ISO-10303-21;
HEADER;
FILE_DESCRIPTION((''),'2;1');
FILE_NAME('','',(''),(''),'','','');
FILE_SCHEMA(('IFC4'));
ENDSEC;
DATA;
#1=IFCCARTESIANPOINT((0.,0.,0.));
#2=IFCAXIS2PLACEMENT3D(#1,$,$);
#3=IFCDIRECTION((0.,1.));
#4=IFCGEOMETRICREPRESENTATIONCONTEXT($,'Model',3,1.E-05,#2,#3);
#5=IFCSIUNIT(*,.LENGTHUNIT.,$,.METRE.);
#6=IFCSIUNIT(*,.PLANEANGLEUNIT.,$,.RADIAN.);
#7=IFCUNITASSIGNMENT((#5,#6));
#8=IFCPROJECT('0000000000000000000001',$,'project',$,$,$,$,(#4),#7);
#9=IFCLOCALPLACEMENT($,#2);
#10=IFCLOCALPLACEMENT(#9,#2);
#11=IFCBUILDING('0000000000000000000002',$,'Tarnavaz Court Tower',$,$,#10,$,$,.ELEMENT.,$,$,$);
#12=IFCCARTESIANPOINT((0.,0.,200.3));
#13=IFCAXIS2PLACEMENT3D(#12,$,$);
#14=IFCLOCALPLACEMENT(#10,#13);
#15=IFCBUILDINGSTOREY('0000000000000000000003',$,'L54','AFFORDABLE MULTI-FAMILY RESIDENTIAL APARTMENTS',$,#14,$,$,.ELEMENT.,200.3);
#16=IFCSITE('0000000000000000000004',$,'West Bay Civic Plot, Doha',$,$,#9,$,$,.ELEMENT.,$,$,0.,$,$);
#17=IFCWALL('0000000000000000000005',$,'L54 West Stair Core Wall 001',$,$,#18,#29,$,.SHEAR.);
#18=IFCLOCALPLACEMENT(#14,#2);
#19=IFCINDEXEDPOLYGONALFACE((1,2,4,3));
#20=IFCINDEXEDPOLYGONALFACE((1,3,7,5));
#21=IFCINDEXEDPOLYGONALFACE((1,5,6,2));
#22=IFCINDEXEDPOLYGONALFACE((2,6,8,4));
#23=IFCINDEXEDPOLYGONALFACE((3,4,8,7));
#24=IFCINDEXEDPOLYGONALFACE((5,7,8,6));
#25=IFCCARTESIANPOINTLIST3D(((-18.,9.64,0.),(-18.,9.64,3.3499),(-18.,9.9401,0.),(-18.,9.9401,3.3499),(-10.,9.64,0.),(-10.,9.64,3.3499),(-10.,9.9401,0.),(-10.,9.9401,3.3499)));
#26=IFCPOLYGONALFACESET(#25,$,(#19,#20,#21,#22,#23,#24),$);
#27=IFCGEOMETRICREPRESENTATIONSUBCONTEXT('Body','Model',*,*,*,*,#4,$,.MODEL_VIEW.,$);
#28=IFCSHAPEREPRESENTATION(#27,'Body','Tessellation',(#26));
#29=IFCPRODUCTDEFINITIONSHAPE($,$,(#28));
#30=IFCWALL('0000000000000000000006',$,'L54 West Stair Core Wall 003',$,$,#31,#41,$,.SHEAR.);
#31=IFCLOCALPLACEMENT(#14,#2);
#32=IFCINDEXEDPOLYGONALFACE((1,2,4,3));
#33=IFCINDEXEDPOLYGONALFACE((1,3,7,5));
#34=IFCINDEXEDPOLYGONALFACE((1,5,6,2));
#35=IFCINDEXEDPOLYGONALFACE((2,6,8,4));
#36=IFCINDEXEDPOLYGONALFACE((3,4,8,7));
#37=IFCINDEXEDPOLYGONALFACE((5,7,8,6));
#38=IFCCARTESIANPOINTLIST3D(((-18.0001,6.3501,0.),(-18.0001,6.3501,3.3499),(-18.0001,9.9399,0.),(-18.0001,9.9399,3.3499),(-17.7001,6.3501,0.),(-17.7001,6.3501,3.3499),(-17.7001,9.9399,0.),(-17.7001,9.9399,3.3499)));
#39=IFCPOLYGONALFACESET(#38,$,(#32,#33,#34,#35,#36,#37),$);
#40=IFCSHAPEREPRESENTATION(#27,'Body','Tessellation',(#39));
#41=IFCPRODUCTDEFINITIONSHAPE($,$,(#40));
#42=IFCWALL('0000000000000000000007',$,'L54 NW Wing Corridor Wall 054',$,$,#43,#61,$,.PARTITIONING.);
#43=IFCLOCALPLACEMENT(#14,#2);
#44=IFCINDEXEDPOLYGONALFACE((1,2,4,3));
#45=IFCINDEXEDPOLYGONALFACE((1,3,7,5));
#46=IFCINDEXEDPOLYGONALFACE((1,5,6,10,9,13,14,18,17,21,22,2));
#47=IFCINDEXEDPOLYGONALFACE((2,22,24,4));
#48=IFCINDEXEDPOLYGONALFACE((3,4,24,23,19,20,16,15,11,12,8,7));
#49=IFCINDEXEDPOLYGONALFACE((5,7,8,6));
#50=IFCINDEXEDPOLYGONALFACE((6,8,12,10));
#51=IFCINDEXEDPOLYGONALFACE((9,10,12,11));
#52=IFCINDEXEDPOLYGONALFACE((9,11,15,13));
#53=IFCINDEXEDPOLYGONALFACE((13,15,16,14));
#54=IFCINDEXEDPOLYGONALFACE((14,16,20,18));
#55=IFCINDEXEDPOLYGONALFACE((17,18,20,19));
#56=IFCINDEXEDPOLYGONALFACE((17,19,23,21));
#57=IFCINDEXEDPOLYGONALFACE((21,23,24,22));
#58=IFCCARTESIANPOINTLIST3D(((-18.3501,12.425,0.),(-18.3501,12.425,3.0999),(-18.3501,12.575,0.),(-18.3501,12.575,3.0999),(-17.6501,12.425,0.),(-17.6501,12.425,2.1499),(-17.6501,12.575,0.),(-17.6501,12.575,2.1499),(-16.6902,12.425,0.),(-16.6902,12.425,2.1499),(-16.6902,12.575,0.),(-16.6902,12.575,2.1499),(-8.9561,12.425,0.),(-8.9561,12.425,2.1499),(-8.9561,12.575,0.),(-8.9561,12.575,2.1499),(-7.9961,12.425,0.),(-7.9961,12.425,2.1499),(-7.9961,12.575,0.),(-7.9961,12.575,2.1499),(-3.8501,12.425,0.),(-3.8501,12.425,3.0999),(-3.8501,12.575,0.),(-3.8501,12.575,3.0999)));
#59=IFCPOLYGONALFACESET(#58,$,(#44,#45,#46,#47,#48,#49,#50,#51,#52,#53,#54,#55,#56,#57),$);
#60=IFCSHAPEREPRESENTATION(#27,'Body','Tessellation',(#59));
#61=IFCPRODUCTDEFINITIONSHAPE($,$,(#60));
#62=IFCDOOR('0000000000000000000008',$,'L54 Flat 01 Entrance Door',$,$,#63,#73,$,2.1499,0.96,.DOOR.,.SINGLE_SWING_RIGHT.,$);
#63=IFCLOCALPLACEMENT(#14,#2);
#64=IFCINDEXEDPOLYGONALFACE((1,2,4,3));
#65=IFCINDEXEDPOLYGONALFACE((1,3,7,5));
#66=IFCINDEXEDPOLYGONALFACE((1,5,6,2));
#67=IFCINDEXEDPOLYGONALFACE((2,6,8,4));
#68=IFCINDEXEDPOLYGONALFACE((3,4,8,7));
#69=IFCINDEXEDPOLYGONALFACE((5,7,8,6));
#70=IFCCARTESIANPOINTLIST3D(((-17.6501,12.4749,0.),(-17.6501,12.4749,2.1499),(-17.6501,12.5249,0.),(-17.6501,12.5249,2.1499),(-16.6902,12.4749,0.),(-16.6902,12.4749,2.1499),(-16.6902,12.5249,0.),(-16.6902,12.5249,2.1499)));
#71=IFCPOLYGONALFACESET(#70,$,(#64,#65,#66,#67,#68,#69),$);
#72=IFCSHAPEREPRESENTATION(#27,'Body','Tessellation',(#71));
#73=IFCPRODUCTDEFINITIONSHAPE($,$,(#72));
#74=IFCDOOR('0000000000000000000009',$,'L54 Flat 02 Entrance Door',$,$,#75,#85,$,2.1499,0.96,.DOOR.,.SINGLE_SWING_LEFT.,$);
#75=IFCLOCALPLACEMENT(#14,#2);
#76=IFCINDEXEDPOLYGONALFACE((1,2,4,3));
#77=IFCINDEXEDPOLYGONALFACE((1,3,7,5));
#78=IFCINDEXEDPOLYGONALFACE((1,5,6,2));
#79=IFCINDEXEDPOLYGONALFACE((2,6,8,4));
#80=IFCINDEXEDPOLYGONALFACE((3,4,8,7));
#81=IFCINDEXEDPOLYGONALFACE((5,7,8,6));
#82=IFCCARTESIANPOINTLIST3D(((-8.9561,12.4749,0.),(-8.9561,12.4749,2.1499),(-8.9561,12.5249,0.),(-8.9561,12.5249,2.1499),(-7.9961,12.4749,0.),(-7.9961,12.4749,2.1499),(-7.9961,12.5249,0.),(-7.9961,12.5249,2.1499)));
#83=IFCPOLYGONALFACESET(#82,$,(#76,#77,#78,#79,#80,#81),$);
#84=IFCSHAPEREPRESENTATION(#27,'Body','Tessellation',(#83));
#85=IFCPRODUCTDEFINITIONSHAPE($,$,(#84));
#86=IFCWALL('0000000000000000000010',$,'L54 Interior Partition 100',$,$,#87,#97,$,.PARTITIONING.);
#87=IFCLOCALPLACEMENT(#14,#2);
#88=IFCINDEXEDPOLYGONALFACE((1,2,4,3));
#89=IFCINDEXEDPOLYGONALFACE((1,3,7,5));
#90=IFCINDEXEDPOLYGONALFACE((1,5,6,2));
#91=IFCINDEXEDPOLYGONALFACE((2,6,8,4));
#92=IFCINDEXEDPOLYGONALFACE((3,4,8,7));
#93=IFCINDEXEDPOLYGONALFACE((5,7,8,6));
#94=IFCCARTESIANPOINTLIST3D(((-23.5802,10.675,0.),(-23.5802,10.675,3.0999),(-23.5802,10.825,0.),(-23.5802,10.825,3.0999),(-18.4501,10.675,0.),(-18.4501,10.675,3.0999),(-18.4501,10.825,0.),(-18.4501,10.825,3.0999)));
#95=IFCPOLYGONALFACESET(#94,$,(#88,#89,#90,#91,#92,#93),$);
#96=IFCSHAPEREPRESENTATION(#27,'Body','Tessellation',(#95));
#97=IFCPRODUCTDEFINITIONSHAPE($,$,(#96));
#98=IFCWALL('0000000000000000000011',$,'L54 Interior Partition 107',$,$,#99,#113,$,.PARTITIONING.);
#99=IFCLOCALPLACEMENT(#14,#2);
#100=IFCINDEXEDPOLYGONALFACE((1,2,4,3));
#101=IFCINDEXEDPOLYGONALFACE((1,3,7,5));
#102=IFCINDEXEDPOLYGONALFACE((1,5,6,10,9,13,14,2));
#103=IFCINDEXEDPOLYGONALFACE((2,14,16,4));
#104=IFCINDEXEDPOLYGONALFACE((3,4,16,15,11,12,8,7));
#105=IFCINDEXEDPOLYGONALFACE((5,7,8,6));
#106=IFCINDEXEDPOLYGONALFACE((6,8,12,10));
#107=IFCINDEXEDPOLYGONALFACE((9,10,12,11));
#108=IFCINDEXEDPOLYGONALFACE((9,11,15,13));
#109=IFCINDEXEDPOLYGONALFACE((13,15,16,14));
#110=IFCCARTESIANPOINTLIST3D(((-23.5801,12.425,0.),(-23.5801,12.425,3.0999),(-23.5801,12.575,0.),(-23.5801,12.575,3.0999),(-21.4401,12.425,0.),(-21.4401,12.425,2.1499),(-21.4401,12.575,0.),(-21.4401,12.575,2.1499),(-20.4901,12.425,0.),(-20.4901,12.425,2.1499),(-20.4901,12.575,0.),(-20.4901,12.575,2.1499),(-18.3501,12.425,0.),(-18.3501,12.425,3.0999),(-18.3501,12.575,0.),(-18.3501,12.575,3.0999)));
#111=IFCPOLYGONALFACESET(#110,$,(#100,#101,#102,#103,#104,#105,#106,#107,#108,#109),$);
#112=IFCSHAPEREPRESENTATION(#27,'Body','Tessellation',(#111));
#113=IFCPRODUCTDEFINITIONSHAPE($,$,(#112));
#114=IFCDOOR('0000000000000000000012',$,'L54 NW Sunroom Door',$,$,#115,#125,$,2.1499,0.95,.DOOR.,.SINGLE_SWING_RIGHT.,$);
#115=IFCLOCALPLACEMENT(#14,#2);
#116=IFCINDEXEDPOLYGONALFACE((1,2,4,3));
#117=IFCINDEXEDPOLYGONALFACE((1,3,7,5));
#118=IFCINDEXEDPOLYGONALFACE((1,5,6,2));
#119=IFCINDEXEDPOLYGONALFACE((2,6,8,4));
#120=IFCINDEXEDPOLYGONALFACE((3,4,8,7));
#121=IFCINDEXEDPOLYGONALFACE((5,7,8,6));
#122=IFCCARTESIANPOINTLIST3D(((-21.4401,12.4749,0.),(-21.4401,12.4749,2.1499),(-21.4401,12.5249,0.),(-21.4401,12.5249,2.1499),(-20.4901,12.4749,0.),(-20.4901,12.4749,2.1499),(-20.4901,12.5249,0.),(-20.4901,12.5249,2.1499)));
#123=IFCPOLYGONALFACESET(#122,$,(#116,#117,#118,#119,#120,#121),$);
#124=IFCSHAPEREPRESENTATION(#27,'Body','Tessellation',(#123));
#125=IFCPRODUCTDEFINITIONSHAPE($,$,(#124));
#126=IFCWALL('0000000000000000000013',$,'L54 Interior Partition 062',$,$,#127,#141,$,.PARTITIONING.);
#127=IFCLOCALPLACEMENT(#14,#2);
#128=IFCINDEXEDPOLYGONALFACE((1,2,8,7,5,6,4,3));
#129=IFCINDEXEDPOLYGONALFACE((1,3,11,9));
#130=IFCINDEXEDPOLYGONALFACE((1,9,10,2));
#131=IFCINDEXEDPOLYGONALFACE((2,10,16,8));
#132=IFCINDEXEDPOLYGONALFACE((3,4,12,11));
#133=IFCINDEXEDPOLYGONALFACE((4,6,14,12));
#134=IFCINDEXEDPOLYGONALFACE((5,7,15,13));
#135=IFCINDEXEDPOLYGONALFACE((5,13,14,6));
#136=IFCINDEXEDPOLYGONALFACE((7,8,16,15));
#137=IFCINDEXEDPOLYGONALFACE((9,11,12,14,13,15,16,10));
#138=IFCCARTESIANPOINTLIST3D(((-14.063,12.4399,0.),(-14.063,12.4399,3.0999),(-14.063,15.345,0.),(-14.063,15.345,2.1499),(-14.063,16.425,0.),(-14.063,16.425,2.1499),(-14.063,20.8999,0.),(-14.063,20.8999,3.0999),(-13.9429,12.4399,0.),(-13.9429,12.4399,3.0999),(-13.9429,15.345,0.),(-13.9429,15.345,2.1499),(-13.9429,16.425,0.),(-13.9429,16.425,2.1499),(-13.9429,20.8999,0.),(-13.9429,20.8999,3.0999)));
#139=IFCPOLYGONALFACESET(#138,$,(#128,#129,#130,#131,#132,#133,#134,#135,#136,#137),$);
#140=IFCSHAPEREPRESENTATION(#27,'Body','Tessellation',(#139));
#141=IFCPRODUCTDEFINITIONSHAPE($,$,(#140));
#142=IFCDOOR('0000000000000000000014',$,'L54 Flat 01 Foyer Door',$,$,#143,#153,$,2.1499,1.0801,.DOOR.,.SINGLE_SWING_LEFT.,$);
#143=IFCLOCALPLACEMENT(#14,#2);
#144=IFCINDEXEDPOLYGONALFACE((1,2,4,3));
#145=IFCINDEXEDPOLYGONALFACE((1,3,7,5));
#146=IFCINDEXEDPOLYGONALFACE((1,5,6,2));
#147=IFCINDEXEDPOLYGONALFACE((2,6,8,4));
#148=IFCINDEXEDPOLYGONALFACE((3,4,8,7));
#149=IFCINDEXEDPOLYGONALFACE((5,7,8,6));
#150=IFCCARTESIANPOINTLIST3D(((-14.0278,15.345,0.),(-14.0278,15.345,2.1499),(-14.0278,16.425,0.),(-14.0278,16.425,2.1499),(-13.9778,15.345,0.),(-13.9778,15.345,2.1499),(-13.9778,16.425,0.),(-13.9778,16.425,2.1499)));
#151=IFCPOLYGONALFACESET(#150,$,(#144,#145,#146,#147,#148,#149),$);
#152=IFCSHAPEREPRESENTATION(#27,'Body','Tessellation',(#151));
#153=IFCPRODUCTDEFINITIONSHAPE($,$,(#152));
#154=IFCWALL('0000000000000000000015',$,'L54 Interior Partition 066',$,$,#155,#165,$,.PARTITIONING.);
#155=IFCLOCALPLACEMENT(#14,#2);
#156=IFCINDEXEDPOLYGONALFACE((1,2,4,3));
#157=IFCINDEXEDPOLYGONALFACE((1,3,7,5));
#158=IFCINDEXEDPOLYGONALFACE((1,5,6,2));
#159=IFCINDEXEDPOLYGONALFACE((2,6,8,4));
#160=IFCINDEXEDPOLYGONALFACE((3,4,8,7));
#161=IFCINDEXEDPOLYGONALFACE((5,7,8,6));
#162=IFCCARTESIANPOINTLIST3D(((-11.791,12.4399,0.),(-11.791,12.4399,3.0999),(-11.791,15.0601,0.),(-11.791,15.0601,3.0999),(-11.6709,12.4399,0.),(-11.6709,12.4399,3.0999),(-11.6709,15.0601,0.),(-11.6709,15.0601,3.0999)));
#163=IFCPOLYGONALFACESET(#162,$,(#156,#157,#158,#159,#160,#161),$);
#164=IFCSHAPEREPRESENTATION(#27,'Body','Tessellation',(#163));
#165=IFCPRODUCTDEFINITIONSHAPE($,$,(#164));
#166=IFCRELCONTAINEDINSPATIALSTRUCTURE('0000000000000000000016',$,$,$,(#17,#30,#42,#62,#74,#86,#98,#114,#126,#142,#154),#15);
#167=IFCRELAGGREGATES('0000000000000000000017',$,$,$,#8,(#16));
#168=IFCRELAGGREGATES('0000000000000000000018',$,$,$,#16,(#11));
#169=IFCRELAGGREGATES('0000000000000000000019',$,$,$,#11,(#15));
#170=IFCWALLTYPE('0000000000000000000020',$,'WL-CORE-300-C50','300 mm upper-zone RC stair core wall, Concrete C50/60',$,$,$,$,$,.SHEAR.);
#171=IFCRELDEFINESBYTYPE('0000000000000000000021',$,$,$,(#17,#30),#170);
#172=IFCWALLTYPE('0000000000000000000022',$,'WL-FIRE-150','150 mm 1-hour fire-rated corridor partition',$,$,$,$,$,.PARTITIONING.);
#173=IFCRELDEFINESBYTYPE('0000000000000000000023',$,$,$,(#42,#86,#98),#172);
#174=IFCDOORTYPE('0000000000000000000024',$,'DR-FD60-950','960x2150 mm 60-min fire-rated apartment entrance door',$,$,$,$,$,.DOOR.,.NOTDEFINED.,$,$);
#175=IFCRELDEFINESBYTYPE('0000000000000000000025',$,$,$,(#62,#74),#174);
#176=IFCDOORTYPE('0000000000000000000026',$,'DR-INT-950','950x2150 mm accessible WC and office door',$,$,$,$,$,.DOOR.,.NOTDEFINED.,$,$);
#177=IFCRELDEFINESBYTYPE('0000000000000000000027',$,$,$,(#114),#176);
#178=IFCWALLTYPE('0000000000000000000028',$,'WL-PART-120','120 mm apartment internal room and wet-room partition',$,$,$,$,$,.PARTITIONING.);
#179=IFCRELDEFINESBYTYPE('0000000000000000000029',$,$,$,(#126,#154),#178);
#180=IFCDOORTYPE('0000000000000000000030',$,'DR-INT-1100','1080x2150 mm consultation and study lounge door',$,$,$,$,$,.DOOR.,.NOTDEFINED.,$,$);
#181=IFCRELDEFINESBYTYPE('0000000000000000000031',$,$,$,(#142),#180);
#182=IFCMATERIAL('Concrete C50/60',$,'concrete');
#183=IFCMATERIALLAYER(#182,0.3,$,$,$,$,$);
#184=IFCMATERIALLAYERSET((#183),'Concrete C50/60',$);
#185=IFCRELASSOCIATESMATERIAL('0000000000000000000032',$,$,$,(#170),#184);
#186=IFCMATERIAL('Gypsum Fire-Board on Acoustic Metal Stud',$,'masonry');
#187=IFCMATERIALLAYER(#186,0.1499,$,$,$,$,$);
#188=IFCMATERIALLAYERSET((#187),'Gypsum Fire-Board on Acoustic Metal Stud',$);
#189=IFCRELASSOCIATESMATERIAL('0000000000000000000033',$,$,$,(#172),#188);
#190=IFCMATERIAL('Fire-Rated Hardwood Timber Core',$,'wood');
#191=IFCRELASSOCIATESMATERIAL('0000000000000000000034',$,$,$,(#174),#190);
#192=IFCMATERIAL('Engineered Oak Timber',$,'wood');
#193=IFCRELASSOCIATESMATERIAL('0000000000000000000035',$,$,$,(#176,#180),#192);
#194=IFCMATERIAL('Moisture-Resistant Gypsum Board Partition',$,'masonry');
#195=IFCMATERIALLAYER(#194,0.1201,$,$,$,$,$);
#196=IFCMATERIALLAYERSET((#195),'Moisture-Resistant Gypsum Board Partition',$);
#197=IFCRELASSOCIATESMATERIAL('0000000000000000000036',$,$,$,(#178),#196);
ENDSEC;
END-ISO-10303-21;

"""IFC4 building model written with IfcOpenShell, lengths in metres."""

from ifc_helpers import new_model, si_unit, direction, frame, frame_2d, origin, place, context, subcontext, project, spatial, rectangle, extrude, material, layer, layer_set, type_object, element, fill, save


model = new_model("IFC4")

# Units and contexts
model_context = context("Model", 3, precision=1e-05, world=origin(), true_north=direction((0.0, 1.0)))
body_context = subcontext(model_context, "Body", "Model", "MODEL_VIEW")
ifc_project = project(units=[si_unit("LENGTHUNIT", "METRE"), si_unit("PLANEANGLEUNIT", "RADIAN")], contexts=[model_context])

# Site, building, storey
site_placement = place(None, origin())
site = spatial("IfcSite", under=ifc_project, at=site_placement, Name="West Bay Civic Plot, Doha", CompositionType="ELEMENT", RefElevation=0.0)
building_placement = place(site_placement, origin())
building = spatial("IfcBuilding", under=site, at=building_placement, Name="Tarnavaz Court Tower", CompositionType="ELEMENT")
storey_placement = place(building_placement, frame((0.0, 0.0, 200.3)))
storey = spatial("IfcBuildingStorey", under=building, at=storey_placement, Name="L54", Description="AFFORDABLE MULTI-FAMILY RESIDENTIAL APARTMENTS", CompositionType="ELEMENT", Elevation=200.3)

# Shared definitions
ifc_material_1 = material(Name="Concrete C50/60", Category="concrete")

# Wall
ifc_layer_1 = layer(ifc_material_1, 0.3)
ifc_layer_set_1 = layer_set([ifc_layer_1], Name="Concrete C50/60")
wall_type_1 = type_object("IfcWallType", Name="WL-CORE-300-C50", Description="300 mm upper-zone RC stair core wall, Concrete C50/60", PredefinedType="SHEAR", material=ifc_layer_set_1)
wall_1_placement = place(storey_placement, frame((-18.0, 9.79, 0.0), z_axis=(0.0, 0.0, 1.0), x_axis=(1.0, 0.0, 0.0)))
element("IfcWall", 1, at=wall_1_placement, inside=storey, type_object=wall_type_1, Name="L54 West Stair Core Wall 001", PredefinedType="SHEAR", context=body_context, shape_type="SweptSolid", body=[
    extrude(rectangle(XDim=8.0, YDim=0.3, at=frame_2d((4.0, 0.0))), origin(), (0.0, 0.0, 1.0), 3.3499),
])

# Shared definitions
ifc_material_2 = material(Name="Fire-Rated Hardwood Timber Core", Category="wood")

# Wall
wall_2_placement = place(storey_placement, frame((-17.8501, 6.3501, 0.0), z_axis=(0.0, 0.0, 1.0), x_axis=(0.0, 1.0, 0.0)))
element("IfcWall", 2, at=wall_2_placement, inside=storey, type_object=wall_type_1, Name="L54 West Stair Core Wall 003", PredefinedType="SHEAR", context=body_context, shape_type="SweptSolid", body=[
    extrude(rectangle(XDim=3.5898, YDim=0.3, at=frame_2d((1.7949, 0.0))), origin(), (0.0, 0.0, 1.0), 3.3499),
])

# Wall, openings, doors
ifc_material_3 = material(Name="Gypsum Fire-Board on Acoustic Metal Stud", Category="masonry")
ifc_layer_2 = layer(ifc_material_3, 0.1499)
ifc_layer_set_2 = layer_set([ifc_layer_2], Name="Gypsum Fire-Board on Acoustic Metal Stud")
wall_type_2 = type_object("IfcWallType", Name="WL-FIRE-150", Description="150 mm 1-hour fire-rated corridor partition", PredefinedType="PARTITIONING", material=ifc_layer_set_2)
wall_3_placement = place(storey_placement, frame((-18.3501, 12.5, 0.0), z_axis=(0.0, 0.0, 1.0), x_axis=(1.0, 0.0, 0.0)))
wall_3 = element("IfcWall", 3, at=wall_3_placement, inside=storey, type_object=wall_type_2, Name="L54 NW Wing Corridor Wall 054", PredefinedType="PARTITIONING", context=body_context, shape_type="SweptSolid", body=[
    extrude(rectangle(XDim=14.5, YDim=0.1499, at=frame_2d((7.25, 0.0))), origin(), (0.0, 0.0, 1.0), 3.0999),
])
opening_1_placement = place(wall_3_placement, frame((0.7, 0.0, 0.0)))
opening_1 = element("IfcOpeningElement", 4, at=opening_1_placement, cuts=wall_3, PredefinedType="OPENING", context=body_context, shape_type="SweptSolid", body=[
    extrude(rectangle(XDim=0.96, YDim=2.1499, at=frame_2d((0.48, 1.075))), frame((0.0, 0.085, 0.0), z_axis=(0.0, -1.0, 0.0), x_axis=(1.0, 0.0, 0.0)), (0.0, 0.0, 1.0), 0.1699),
])
opening_2_placement = place(wall_3_placement, frame((9.394, 0.0, 0.0)))
opening_2 = element("IfcOpeningElement", 5, at=opening_2_placement, cuts=wall_3, PredefinedType="OPENING", context=body_context, shape_type="SweptSolid", body=[
    extrude(rectangle(XDim=0.96, YDim=2.1499, at=frame_2d((0.48, 1.075))), frame((0.0, 0.085, 0.0), z_axis=(0.0, -1.0, 0.0), x_axis=(1.0, 0.0, 0.0)), (0.0, 0.0, 1.0), 0.1699),
])
door_type_1 = type_object("IfcDoorType", Name="DR-FD60-950", Description="960x2150 mm 60-min fire-rated apartment entrance door", OperationType="NOTDEFINED", PredefinedType="DOOR", material=ifc_material_2)
door_1_placement = place(opening_1_placement, origin())
door_1 = element("IfcDoor", 6, at=door_1_placement, inside=storey, type_object=door_type_1, Name="L54 Flat 01 Entrance Door", OperationType="SINGLE_SWING_RIGHT", OverallHeight=2.1499, OverallWidth=0.96, PredefinedType="DOOR", context=body_context, shape_type="SweptSolid", body=[
    extrude(rectangle(XDim=0.96, YDim=2.1499, at=frame_2d((0.48, 1.075))), frame((0.0, 0.0249, 0.0), z_axis=(0.0, -1.0, 0.0), x_axis=(1.0, 0.0, 0.0)), (0.0, 0.0, 1.0), 0.05),
])
fill(opening_1, door_1)
door_2_placement = place(opening_2_placement, origin())
door_2 = element("IfcDoor", 7, at=door_2_placement, inside=storey, type_object=door_type_1, Name="L54 Flat 02 Entrance Door", OperationType="SINGLE_SWING_LEFT", OverallHeight=2.1499, OverallWidth=0.96, PredefinedType="DOOR", context=body_context, shape_type="SweptSolid", body=[
    extrude(rectangle(XDim=0.96, YDim=2.1499, at=frame_2d((0.48, 1.075))), frame((0.0, 0.0249, 0.0), z_axis=(0.0, -1.0, 0.0), x_axis=(1.0, 0.0, 0.0)), (0.0, 0.0, 1.0), 0.05),
])
fill(opening_2, door_2)

# Wall
wall_4_placement = place(storey_placement, frame((-23.5801, 10.75, 0.0), z_axis=(0.0, 0.0, 1.0), x_axis=(1.0, 0.0, 0.0)))
element("IfcWall", 8, at=wall_4_placement, inside=storey, type_object=wall_type_2, Name="L54 Interior Partition 100", PredefinedType="PARTITIONING", context=body_context, shape_type="SweptSolid", body=[
    extrude(rectangle(XDim=5.1301, YDim=0.1499, at=frame_2d((2.5649, 0.0))), origin(), (0.0, 0.0, 1.0), 3.0999),
])

# Walls, openings, doors
wall_5_placement = place(storey_placement, frame((-23.5801, 12.5, 0.0), z_axis=(0.0, 0.0, 1.0), x_axis=(1.0, 0.0, 0.0)))
wall_5 = element("IfcWall", 9, at=wall_5_placement, inside=storey, type_object=wall_type_2, Name="L54 Interior Partition 107", PredefinedType="PARTITIONING", context=body_context, shape_type="SweptSolid", body=[
    extrude(rectangle(XDim=5.23, YDim=0.1499, at=frame_2d((2.615, 0.0))), origin(), (0.0, 0.0, 1.0), 3.0999),
])
opening_3_placement = place(wall_5_placement, frame((2.1399, 0.0, 0.0)))
opening_3 = element("IfcOpeningElement", 10, at=opening_3_placement, cuts=wall_5, PredefinedType="OPENING", context=body_context, shape_type="SweptSolid", body=[
    extrude(rectangle(XDim=0.95, YDim=2.1499, at=frame_2d((0.4751, 1.075))), frame((0.0, 0.085, 0.0), z_axis=(0.0, -1.0, 0.0), x_axis=(1.0, 0.0, 0.0)), (0.0, 0.0, 1.0), 0.1699),
])
ifc_material_4 = material(Name="Engineered Oak Timber", Category="wood")
door_type_2 = type_object("IfcDoorType", Name="DR-INT-950", Description="950x2150 mm accessible WC and office door", OperationType="NOTDEFINED", PredefinedType="DOOR", material=ifc_material_4)
door_3_placement = place(opening_3_placement, origin())
door_3 = element("IfcDoor", 11, at=door_3_placement, inside=storey, type_object=door_type_2, Name="L54 NW Sunroom Door", OperationType="SINGLE_SWING_RIGHT", OverallHeight=2.1499, OverallWidth=0.95, PredefinedType="DOOR", context=body_context, shape_type="SweptSolid", body=[
    extrude(rectangle(XDim=0.95, YDim=2.1499, at=frame_2d((0.4751, 1.075))), frame((0.0, 0.0249, 0.0), z_axis=(0.0, -1.0, 0.0), x_axis=(1.0, 0.0, 0.0)), (0.0, 0.0, 1.0), 0.05),
])
fill(opening_3, door_3)
ifc_material_5 = material(Name="Moisture-Resistant Gypsum Board Partition", Category="masonry")
ifc_layer_3 = layer(ifc_material_5, 0.1201)
ifc_layer_set_3 = layer_set([ifc_layer_3], Name="Moisture-Resistant Gypsum Board Partition")
wall_type_3 = type_object("IfcWallType", Name="WL-PART-120", Description="120 mm apartment internal room and wet-room partition", PredefinedType="PARTITIONING", material=ifc_layer_set_3)
wall_6_placement = place(storey_placement, frame((-14.0029, 12.4399, 0.0), z_axis=(0.0, 0.0, 1.0), x_axis=(0.0, 1.0, 0.0)))
wall_6 = element("IfcWall", 12, at=wall_6_placement, inside=storey, type_object=wall_type_3, Name="L54 Interior Partition 062", PredefinedType="PARTITIONING", context=body_context, shape_type="SweptSolid", body=[
    extrude(rectangle(XDim=8.46, YDim=0.1201, at=frame_2d((4.23, 0.0))), origin(), (0.0, 0.0, 1.0), 3.0999),
])
opening_4_placement = place(wall_6_placement, frame((2.905, 0.0, 0.0)))
opening_4 = element("IfcOpeningElement", 13, at=opening_4_placement, cuts=wall_6, PredefinedType="OPENING", context=body_context, shape_type="SweptSolid", body=[
    extrude(rectangle(XDim=1.0801, YDim=2.1499, at=frame_2d((0.54, 1.075))), frame((0.0, 0.0701, 0.0), z_axis=(0.0, -1.0, 0.0), x_axis=(1.0, 0.0, 0.0)), (0.0, 0.0, 1.0), 0.1401),
])
door_type_3 = type_object("IfcDoorType", Name="DR-INT-1100", Description="1080x2150 mm consultation and study lounge door", OperationType="NOTDEFINED", PredefinedType="DOOR", material=ifc_material_4)
door_4_placement = place(opening_4_placement, origin())
door_4 = element("IfcDoor", 14, at=door_4_placement, inside=storey, type_object=door_type_3, Name="L54 Flat 01 Foyer Door", OperationType="SINGLE_SWING_LEFT", OverallHeight=2.1499, OverallWidth=1.0801, PredefinedType="DOOR", context=body_context, shape_type="SweptSolid", body=[
    extrude(rectangle(XDim=1.0801, YDim=2.1499, at=frame_2d((0.54, 1.075))), frame((0.0, 0.0249, 0.0), z_axis=(0.0, -1.0, 0.0), x_axis=(1.0, 0.0, 0.0)), (0.0, 0.0, 1.0), 0.05),
])
fill(opening_4, door_4)

# Wall
wall_7_placement = place(storey_placement, frame((-11.731, 12.4399, 0.0), z_axis=(0.0, 0.0, 1.0), x_axis=(0.0, 1.0, 0.0)))
element("IfcWall", 15, at=wall_7_placement, inside=storey, type_object=wall_type_3, Name="L54 Interior Partition 066", PredefinedType="PARTITIONING", context=body_context, shape_type="SweptSolid", body=[
    extrude(rectangle(XDim=2.6201, YDim=0.1201, at=frame_2d((1.3101, 0.0))), origin(), (0.0, 0.0, 1.0), 3.0999),
])

save(model, "model.ifc")
